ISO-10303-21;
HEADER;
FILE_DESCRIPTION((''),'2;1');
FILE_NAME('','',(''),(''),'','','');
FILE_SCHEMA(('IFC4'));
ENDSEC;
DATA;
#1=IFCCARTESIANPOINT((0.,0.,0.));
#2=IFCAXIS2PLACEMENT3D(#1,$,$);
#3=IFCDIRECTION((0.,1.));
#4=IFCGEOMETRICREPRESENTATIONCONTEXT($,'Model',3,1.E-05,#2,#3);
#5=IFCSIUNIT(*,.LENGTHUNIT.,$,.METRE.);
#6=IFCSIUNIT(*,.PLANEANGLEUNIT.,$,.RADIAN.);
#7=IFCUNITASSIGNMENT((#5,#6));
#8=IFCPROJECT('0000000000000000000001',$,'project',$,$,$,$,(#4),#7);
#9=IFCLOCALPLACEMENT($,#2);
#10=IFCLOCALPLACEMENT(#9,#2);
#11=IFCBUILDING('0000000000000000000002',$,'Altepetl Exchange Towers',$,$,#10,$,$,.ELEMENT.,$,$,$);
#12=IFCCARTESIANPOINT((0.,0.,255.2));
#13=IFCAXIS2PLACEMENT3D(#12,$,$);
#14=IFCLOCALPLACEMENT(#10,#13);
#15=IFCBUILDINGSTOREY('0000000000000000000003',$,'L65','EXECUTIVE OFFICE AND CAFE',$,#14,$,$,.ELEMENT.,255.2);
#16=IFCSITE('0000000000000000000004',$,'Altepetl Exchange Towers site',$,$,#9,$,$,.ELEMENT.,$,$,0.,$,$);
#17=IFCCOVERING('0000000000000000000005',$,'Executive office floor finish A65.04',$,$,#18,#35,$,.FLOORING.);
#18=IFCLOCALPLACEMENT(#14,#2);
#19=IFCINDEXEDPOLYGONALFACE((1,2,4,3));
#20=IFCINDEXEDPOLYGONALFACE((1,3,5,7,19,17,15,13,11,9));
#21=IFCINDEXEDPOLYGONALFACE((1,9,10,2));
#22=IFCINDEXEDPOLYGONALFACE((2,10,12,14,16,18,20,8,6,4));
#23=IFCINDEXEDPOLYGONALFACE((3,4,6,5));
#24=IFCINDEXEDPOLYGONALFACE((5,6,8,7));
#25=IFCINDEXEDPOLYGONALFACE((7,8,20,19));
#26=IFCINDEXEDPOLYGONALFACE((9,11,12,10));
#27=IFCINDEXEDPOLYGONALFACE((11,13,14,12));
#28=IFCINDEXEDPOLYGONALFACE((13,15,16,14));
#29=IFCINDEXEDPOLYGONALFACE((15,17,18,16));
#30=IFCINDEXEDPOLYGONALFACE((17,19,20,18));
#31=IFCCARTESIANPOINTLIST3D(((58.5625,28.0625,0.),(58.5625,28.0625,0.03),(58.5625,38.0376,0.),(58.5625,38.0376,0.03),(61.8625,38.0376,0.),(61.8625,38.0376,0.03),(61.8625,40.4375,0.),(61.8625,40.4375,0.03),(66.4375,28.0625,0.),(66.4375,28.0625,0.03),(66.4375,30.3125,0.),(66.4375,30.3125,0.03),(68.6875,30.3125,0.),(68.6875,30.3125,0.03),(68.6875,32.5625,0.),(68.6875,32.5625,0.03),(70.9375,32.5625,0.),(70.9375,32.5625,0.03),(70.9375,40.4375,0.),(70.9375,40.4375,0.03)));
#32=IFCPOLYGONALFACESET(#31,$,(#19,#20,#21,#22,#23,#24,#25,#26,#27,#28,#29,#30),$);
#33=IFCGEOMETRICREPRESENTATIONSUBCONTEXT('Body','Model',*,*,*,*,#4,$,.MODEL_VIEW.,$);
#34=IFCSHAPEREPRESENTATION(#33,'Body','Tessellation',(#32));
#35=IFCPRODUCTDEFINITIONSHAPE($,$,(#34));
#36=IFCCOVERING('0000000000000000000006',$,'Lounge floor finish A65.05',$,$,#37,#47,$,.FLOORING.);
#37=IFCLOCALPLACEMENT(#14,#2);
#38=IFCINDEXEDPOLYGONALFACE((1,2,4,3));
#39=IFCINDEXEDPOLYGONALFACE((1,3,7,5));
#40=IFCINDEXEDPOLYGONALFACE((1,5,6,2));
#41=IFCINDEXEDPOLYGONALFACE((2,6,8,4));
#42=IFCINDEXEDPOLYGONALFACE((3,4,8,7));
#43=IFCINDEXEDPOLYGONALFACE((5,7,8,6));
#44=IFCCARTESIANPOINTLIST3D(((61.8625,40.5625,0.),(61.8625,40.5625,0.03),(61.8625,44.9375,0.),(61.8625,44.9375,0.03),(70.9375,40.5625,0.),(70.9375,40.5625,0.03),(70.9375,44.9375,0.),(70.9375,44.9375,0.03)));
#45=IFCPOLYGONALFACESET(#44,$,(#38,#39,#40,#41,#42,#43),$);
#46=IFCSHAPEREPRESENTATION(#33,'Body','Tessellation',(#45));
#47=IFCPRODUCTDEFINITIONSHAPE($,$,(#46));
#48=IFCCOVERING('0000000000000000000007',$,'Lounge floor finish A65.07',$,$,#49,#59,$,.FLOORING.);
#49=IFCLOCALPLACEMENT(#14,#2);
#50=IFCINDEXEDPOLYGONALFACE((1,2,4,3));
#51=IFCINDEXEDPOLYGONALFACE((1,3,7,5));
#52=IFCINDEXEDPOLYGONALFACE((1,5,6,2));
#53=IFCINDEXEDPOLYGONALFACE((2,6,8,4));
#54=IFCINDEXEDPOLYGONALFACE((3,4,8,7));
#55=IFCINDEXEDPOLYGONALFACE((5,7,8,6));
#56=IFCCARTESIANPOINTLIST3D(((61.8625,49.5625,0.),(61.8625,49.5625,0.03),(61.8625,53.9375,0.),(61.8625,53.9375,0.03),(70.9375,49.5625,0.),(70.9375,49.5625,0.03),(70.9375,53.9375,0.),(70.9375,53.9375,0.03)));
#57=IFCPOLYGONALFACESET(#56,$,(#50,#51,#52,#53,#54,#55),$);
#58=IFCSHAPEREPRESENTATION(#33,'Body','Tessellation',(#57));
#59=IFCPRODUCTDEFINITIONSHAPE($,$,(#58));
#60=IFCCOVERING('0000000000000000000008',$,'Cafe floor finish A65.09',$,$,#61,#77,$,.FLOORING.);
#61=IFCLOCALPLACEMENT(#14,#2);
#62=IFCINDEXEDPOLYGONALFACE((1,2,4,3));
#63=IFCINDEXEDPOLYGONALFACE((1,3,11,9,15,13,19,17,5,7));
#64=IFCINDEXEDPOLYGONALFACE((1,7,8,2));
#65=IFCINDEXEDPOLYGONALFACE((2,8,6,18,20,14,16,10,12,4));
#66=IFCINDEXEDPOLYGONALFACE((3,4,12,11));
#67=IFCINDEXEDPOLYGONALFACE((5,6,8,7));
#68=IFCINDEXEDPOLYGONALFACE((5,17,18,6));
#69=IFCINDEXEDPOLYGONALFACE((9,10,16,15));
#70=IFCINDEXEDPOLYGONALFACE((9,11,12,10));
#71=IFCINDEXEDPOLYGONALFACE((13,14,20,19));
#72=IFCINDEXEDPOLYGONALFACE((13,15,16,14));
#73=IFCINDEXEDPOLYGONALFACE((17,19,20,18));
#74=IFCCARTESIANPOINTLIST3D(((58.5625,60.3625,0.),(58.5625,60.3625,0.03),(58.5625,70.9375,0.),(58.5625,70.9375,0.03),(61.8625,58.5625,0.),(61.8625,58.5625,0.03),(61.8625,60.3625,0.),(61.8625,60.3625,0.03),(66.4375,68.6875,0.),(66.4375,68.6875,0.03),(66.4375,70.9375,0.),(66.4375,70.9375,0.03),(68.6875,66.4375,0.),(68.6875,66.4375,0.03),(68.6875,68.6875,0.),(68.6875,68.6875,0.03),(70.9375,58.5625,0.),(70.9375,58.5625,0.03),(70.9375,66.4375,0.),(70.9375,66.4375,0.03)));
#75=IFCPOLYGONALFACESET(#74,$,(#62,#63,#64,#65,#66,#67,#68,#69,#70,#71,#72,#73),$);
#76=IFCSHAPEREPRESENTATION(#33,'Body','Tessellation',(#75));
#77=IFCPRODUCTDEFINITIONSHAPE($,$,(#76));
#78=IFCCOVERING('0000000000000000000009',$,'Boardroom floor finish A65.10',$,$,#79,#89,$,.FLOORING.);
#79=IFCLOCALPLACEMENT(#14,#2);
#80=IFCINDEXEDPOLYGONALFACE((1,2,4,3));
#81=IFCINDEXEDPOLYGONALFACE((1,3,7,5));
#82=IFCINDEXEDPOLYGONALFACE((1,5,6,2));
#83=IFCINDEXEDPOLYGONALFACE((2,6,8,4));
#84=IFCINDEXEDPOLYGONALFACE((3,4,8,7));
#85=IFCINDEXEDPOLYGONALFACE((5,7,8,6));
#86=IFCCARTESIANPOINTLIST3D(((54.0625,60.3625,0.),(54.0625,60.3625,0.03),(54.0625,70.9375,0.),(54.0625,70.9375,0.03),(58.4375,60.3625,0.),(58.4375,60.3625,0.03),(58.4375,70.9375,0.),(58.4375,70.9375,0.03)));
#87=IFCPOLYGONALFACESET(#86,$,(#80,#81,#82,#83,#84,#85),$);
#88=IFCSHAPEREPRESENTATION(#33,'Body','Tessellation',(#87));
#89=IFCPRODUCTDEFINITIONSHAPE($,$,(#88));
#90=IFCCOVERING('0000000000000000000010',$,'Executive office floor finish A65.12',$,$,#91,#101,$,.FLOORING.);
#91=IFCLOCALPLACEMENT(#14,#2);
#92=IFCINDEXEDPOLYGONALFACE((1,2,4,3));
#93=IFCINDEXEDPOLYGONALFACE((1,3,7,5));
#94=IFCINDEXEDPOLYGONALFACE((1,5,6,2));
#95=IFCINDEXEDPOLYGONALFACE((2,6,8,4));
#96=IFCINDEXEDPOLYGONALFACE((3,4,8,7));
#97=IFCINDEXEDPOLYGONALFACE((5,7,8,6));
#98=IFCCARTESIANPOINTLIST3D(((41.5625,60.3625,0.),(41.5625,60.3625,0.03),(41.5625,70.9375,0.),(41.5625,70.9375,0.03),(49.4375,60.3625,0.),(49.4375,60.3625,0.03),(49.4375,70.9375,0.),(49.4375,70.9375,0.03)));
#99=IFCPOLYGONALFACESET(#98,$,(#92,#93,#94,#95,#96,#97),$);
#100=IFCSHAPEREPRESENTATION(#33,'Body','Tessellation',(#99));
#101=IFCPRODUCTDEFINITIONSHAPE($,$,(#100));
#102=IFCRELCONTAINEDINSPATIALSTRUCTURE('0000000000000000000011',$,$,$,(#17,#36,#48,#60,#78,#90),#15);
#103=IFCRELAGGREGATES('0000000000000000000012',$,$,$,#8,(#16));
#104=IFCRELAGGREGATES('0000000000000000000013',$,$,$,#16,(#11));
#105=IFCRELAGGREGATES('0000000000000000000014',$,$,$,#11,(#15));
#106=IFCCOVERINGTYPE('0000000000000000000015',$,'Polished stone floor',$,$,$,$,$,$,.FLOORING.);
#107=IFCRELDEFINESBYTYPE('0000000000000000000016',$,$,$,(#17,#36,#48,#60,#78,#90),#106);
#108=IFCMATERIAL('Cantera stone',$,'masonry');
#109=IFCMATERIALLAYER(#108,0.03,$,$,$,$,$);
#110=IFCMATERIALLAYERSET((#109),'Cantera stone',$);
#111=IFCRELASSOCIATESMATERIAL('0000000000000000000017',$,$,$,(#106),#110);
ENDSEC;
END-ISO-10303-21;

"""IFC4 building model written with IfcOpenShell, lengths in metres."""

from ifc_helpers import new_model, si_unit, direction, frame, origin, place, context, subcontext, project, spatial, polyline, outline, extrude, material, layer, layer_set, type_object, element, save


model = new_model("IFC4")

# Units and contexts
model_context = context("Model", 3, precision=1e-05, world=origin(), true_north=direction((0.0, 1.0)))
body_context = subcontext(model_context, "Body", "Model", "MODEL_VIEW")
ifc_project = project(units=[si_unit("LENGTHUNIT", "METRE"), si_unit("PLANEANGLEUNIT", "RADIAN")], contexts=[model_context])

# Site, building, storey
site_placement = place(None, origin())
site = spatial("IfcSite", under=ifc_project, at=site_placement, Name="Altepetl Exchange Towers site", CompositionType="ELEMENT", RefElevation=0.0)
building_placement = place(site_placement, origin())
building = spatial("IfcBuilding", under=site, at=building_placement, Name="Altepetl Exchange Towers", CompositionType="ELEMENT")
storey_placement = place(building_placement, frame((0.0, 0.0, 255.2)))
storey = spatial("IfcBuildingStorey", under=building, at=storey_placement, Name="L65", Description="EXECUTIVE OFFICE AND CAFE", CompositionType="ELEMENT", Elevation=255.2)

# Coverings
ifc_material_1 = material(Name="Cantera stone", Category="masonry")
ifc_layer_1 = layer(ifc_material_1, 0.03)
ifc_layer_set_1 = layer_set([ifc_layer_1], Name="Cantera stone")
covering_type_1 = type_object("IfcCoveringType", Name="Polished stone floor", PredefinedType="FLOORING", material=ifc_layer_set_1)
covering_1_placement = place(storey_placement, origin())
element("IfcCovering", 1, at=covering_1_placement, inside=storey, type_object=covering_type_1, Name="Executive office floor finish A65.04", PredefinedType="FLOORING", context=body_context, shape_type="SweptSolid", body=[
    extrude(outline(polyline([(70.9375, 40.4375), (61.8625, 40.4375), (61.8625, 38.0376), (58.5625, 38.0376), (58.5625, 28.0625), (66.4375, 28.0625), (66.4375, 30.3125), (68.6875, 30.3125), (68.6875, 32.5625), (70.9375, 32.5625), (70.9375, 40.4375)])), origin(), (0.0, 0.0, 1.0), 0.03),
])
covering_2_placement = place(storey_placement, origin())
element("IfcCovering", 2, at=covering_2_placement, inside=storey, type_object=covering_type_1, Name="Lounge floor finish A65.05", PredefinedType="FLOORING", context=body_context, shape_type="SweptSolid", body=[
    extrude(outline(polyline([(70.9375, 44.9375), (61.8625, 44.9375), (61.8625, 40.5625), (70.9375, 40.5625), (70.9375, 44.9375)])), origin(), (0.0, 0.0, 1.0), 0.03),
])
covering_3_placement = place(storey_placement, origin())
element("IfcCovering", 3, at=covering_3_placement, inside=storey, type_object=covering_type_1, Name="Lounge floor finish A65.07", PredefinedType="FLOORING", context=body_context, shape_type="SweptSolid", body=[
    extrude(outline(polyline([(70.9375, 53.9375), (61.8625, 53.9375), (61.8625, 49.5625), (70.9375, 49.5625), (70.9375, 53.9375)])), origin(), (0.0, 0.0, 1.0), 0.03),
])
covering_4_placement = place(storey_placement, origin())
element("IfcCovering", 4, at=covering_4_placement, inside=storey, type_object=covering_type_1, Name="Cafe floor finish A65.09", PredefinedType="FLOORING", context=body_context, shape_type="SweptSolid", body=[
    extrude(outline(polyline([(66.4375, 70.9375), (58.5625, 70.9375), (58.5625, 60.3625), (61.8625, 60.3625), (61.8625, 58.5625), (70.9375, 58.5625), (70.9375, 66.4375), (68.6875, 66.4375), (68.6875, 68.6875), (66.4375, 68.6875), (66.4375, 70.9375)])), origin(), (0.0, 0.0, 1.0), 0.03),
])
covering_5_placement = place(storey_placement, origin())
element("IfcCovering", 5, at=covering_5_placement, inside=storey, type_object=covering_type_1, Name="Boardroom floor finish A65.10", PredefinedType="FLOORING", context=body_context, shape_type="SweptSolid", body=[
    extrude(outline(polyline([(58.4375, 60.3625), (58.4375, 70.9375), (54.0625, 70.9375), (54.0625, 60.3625), (58.4375, 60.3625)])), origin(), (0.0, 0.0, 1.0), 0.03),
])
covering_6_placement = place(storey_placement, origin())
element("IfcCovering", 6, at=covering_6_placement, inside=storey, type_object=covering_type_1, Name="Executive office floor finish A65.12", PredefinedType="FLOORING", context=body_context, shape_type="SweptSolid", body=[
    extrude(outline(polyline([(49.4375, 60.3625), (49.4375, 70.9375), (41.5625, 70.9375), (41.5625, 60.3625), (49.4375, 60.3625)])), origin(), (0.0, 0.0, 1.0), 0.03),
])

save(model, "model.ifc")
